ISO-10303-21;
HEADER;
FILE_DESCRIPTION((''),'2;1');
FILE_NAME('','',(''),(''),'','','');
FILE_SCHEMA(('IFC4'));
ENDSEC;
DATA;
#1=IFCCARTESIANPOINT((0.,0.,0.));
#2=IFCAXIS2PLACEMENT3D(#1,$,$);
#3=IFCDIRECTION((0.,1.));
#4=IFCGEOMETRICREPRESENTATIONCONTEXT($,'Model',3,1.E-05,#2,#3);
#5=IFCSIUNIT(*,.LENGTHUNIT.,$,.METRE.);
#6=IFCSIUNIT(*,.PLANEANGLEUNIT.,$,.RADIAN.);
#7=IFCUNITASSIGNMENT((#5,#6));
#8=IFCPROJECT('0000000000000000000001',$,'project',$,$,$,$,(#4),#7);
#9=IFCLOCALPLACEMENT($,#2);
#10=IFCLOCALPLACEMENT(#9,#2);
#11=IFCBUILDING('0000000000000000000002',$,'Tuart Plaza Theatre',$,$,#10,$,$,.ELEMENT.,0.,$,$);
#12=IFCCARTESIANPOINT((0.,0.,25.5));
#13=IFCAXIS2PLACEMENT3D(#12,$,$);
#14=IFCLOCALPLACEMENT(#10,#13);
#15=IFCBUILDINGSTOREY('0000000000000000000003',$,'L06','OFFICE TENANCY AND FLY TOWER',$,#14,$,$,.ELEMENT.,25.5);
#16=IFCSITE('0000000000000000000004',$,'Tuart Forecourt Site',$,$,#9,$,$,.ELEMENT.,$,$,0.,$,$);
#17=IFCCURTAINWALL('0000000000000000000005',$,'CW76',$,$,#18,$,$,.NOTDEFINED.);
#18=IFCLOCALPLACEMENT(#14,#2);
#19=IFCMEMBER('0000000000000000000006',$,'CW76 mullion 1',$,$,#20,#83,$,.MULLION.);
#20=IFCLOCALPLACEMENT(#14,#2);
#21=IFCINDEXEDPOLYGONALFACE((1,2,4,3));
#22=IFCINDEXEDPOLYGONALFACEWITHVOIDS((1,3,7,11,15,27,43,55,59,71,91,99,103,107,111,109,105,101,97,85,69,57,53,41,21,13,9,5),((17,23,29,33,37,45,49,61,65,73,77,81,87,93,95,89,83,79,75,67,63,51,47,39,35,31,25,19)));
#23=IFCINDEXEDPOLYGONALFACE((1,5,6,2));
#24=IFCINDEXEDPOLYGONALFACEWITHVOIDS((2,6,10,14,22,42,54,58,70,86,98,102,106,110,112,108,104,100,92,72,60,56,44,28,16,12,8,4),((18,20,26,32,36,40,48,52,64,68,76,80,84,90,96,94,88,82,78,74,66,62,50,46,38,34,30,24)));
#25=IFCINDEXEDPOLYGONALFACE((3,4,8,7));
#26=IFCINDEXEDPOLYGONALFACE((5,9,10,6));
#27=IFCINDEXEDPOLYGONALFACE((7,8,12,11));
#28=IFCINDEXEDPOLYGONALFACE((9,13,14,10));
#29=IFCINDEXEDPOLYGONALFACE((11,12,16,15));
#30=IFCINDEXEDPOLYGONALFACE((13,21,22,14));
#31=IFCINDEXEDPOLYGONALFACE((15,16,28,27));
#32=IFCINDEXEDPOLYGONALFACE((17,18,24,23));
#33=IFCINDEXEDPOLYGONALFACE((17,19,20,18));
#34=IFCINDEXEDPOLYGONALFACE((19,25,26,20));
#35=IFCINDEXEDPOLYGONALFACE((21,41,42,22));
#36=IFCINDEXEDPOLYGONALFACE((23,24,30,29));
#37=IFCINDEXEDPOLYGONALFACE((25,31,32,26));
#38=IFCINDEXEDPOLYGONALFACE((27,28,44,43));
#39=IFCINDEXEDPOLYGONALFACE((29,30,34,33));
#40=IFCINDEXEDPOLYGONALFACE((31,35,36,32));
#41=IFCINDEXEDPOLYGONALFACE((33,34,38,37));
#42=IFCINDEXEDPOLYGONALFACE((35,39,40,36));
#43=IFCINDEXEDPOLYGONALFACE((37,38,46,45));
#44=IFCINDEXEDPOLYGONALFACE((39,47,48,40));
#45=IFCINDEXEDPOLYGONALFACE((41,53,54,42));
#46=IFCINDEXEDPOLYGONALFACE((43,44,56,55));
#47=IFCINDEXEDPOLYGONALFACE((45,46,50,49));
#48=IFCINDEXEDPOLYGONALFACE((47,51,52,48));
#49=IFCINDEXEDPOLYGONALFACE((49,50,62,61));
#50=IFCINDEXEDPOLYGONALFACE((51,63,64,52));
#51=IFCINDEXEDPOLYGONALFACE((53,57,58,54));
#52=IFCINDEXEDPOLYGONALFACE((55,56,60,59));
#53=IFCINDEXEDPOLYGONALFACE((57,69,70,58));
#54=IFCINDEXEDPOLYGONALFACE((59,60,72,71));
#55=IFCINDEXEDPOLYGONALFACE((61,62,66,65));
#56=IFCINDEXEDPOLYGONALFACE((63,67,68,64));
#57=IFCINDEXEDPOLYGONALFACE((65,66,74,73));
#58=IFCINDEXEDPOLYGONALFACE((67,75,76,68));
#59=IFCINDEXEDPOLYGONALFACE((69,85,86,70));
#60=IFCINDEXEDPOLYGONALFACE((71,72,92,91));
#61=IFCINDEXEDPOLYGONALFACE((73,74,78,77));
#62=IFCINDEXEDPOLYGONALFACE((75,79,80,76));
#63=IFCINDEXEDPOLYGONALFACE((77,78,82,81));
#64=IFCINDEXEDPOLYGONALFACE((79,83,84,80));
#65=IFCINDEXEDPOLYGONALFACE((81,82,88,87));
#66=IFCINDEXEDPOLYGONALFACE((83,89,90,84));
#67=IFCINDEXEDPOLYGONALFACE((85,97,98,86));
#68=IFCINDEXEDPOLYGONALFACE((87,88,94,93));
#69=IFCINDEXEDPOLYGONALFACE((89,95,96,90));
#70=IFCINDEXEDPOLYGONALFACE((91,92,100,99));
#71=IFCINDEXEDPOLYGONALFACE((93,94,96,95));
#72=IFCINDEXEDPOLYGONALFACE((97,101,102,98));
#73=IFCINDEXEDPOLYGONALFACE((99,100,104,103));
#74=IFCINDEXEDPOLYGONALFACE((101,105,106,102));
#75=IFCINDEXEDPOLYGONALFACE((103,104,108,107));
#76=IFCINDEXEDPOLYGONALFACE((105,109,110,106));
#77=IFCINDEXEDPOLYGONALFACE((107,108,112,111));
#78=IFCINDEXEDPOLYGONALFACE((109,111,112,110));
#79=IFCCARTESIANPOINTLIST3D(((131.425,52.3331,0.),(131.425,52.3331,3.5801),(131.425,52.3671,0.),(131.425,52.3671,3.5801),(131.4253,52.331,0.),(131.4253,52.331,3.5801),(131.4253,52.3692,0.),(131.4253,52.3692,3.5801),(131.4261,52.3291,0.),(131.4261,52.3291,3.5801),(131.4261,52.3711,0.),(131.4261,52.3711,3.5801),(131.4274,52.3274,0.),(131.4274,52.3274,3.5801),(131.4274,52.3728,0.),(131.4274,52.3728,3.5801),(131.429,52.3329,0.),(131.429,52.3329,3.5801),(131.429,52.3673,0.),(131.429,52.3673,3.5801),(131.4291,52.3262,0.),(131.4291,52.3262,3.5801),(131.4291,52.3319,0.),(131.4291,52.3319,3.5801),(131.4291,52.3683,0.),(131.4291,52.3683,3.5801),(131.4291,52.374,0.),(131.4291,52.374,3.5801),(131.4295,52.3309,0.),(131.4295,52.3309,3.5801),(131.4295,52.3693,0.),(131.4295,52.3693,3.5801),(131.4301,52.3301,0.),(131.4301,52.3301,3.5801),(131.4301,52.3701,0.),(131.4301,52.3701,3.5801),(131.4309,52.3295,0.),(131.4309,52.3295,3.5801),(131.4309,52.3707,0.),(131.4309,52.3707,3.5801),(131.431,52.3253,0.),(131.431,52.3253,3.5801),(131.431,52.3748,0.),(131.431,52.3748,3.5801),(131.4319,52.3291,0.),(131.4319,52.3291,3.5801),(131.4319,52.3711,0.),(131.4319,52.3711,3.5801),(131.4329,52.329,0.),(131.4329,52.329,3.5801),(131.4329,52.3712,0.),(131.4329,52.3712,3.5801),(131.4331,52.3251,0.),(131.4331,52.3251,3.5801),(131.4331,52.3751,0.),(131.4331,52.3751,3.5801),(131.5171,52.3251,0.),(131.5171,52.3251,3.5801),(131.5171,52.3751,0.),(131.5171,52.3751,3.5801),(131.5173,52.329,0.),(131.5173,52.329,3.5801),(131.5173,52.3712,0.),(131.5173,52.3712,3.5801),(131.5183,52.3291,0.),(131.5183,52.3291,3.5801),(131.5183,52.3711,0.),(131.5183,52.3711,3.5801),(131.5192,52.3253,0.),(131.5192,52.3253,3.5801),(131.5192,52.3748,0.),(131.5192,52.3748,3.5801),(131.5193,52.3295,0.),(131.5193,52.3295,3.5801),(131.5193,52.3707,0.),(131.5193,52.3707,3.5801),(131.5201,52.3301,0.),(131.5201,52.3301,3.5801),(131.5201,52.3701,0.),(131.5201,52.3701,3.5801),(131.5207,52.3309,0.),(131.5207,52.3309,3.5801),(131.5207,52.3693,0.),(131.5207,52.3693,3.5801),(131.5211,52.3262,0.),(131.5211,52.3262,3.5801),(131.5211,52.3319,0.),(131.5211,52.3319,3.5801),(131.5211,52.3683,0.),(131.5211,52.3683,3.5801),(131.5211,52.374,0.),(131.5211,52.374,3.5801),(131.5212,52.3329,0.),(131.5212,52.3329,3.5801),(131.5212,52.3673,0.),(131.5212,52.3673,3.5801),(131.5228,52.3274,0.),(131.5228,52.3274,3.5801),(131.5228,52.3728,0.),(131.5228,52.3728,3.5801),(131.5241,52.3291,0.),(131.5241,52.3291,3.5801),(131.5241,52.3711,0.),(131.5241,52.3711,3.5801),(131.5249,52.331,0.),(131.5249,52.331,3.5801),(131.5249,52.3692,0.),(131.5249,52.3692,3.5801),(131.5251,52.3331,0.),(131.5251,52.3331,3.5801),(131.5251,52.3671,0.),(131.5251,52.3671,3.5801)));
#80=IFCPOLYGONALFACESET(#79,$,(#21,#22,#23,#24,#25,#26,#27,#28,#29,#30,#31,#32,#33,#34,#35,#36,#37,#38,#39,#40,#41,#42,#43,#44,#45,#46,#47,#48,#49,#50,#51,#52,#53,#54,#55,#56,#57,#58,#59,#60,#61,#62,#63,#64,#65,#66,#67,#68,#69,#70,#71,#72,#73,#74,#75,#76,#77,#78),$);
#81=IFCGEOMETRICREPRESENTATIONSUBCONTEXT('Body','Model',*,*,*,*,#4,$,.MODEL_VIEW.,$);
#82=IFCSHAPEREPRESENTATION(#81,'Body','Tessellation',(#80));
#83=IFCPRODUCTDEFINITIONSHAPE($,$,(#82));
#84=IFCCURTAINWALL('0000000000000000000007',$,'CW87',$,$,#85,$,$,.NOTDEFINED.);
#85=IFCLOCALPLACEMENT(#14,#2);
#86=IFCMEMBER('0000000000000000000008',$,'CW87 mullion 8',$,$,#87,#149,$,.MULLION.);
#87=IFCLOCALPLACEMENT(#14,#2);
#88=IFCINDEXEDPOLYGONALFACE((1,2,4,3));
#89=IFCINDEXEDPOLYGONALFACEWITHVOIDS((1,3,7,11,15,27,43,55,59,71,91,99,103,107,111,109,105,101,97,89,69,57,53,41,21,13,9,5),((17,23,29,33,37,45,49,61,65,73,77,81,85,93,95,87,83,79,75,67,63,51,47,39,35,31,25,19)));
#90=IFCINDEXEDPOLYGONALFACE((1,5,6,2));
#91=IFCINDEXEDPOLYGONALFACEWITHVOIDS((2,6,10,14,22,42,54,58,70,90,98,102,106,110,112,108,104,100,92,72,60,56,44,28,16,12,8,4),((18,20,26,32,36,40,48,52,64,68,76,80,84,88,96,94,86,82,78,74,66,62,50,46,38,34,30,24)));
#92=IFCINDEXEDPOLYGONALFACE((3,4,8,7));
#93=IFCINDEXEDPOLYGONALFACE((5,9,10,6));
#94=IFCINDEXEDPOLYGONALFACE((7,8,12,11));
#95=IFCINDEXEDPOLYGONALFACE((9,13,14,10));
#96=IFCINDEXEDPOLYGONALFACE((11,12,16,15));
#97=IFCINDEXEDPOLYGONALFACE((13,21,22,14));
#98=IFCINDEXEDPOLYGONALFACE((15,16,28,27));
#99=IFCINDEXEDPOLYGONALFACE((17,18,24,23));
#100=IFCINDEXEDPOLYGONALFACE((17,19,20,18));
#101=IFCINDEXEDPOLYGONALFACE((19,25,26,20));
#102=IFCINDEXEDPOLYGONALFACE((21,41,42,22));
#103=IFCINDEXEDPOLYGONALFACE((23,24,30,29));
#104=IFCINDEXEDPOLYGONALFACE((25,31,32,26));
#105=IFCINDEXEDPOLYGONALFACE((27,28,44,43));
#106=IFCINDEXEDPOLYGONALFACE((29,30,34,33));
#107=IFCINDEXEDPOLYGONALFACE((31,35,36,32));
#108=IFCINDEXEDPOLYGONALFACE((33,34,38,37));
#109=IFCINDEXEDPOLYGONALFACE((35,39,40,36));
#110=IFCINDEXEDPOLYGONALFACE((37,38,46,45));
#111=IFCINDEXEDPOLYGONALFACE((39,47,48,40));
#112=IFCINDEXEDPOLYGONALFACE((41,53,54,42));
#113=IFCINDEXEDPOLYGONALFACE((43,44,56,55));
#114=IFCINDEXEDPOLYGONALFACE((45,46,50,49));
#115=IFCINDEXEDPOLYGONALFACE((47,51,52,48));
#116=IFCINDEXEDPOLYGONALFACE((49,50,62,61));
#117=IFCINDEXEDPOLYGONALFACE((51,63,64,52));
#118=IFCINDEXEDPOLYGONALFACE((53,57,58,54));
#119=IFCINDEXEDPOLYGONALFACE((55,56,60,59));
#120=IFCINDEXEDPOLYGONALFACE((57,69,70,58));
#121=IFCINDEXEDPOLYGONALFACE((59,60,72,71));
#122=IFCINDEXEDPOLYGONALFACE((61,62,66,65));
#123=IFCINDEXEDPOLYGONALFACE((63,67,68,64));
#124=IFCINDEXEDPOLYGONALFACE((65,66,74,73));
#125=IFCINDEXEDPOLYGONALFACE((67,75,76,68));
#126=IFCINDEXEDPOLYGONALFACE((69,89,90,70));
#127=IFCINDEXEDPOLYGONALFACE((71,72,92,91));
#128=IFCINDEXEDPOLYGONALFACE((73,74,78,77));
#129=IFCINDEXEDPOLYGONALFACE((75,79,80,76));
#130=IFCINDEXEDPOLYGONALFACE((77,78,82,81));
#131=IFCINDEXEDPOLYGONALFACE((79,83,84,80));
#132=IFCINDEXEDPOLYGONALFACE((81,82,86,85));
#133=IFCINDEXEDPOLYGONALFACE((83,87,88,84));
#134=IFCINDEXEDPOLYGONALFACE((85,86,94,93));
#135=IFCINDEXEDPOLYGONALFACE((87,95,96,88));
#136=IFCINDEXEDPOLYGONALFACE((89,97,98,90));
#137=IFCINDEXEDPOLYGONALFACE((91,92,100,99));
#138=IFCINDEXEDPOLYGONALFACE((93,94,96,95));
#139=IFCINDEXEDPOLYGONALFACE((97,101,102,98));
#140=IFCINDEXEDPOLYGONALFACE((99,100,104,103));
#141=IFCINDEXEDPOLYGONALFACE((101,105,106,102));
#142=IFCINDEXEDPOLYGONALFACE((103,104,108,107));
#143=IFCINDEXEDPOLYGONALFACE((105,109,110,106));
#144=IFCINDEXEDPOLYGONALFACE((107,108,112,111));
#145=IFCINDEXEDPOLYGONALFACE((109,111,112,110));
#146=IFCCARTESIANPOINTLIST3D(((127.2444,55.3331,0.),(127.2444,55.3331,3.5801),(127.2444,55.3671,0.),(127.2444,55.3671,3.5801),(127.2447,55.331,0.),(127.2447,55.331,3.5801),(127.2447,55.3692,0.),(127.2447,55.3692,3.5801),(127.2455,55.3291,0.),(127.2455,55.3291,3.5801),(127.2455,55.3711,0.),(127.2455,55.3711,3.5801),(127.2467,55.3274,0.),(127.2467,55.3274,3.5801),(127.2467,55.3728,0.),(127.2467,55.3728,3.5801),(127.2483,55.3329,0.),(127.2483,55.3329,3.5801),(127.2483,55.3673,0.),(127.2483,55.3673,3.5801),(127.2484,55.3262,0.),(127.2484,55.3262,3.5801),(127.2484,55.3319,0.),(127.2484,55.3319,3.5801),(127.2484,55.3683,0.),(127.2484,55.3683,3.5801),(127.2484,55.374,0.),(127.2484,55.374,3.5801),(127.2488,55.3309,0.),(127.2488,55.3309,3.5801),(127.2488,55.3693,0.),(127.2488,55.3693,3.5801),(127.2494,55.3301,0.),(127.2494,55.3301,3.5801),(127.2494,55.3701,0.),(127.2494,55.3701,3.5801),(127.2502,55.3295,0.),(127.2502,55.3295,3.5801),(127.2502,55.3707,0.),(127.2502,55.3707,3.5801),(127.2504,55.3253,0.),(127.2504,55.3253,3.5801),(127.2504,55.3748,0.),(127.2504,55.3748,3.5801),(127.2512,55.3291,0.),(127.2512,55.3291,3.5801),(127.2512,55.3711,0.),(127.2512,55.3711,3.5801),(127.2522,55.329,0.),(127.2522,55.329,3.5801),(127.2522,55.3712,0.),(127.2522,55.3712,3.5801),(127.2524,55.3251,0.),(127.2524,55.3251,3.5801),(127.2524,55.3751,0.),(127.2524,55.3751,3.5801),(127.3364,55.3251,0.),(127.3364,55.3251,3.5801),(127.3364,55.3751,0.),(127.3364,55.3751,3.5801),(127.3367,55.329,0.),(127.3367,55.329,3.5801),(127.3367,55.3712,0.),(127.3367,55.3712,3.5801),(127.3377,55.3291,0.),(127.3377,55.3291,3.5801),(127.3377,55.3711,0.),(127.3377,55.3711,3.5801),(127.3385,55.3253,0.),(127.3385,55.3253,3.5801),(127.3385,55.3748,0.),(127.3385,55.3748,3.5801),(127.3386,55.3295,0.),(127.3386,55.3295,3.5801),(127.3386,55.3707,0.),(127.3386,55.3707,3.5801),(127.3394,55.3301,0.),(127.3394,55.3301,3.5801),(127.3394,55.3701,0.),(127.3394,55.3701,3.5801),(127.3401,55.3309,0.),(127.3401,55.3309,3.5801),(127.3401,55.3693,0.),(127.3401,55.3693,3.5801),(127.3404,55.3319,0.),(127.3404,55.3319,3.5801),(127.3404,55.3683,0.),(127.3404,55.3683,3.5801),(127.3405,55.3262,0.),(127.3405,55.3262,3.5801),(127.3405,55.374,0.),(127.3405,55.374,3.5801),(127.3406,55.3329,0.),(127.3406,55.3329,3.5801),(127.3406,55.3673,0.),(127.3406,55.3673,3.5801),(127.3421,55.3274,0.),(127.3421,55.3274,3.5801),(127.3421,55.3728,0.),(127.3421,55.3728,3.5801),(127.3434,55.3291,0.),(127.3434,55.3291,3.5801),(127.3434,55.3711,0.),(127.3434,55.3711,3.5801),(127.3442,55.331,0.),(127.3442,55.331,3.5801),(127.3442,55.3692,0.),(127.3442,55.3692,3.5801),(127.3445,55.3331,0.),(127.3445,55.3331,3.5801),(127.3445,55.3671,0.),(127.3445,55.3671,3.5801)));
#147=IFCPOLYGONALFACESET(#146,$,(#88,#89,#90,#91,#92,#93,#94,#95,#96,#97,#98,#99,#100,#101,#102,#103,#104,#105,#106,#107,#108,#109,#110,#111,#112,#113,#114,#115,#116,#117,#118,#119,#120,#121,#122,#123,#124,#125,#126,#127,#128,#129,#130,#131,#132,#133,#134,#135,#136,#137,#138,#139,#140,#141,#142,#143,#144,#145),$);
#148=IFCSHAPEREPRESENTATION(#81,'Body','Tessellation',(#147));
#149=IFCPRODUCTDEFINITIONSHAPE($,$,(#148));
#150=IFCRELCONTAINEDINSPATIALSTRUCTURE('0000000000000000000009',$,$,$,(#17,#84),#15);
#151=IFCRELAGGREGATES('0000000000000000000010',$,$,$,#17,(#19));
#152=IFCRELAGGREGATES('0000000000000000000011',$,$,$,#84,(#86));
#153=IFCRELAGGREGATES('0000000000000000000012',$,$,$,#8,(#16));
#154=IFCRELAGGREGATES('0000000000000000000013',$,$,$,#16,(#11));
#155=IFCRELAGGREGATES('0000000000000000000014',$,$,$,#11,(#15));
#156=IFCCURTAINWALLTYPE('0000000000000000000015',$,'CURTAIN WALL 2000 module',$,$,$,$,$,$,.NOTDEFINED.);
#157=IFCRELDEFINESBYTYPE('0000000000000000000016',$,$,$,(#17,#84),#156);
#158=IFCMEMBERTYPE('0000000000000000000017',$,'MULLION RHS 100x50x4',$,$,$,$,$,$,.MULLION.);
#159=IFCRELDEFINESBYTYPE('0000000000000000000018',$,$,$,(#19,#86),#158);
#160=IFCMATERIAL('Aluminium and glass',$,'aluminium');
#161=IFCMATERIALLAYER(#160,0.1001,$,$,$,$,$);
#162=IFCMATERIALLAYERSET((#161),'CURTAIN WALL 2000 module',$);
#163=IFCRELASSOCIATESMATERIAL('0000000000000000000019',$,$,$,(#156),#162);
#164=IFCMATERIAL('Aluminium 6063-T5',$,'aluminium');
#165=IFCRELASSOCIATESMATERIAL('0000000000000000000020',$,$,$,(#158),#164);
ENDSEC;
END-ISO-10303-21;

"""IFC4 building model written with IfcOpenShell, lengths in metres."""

from ifc_helpers import new_model, si_unit, direction, frame, origin, origin_2d, place, context, subcontext, project, spatial, hollow_rectangle, extrude, material, layer, layer_set, material_profile, profile_set, type_object, element, aggregate, save


model = new_model("IFC4")

# Units and contexts
model_context = context("Model", 3, precision=1e-05, world=origin(), true_north=direction((0.0, 1.0)))
body_context = subcontext(model_context, "Body", "Model", "MODEL_VIEW")
ifc_project = project(units=[si_unit("LENGTHUNIT", "METRE"), si_unit("PLANEANGLEUNIT", "RADIAN")], contexts=[model_context])

# Site, building, storey
site_placement = place(None, origin())
site = spatial("IfcSite", under=ifc_project, at=site_placement, Name="Tuart Forecourt Site", CompositionType="ELEMENT", RefElevation=0.0)
building_placement = place(site_placement, origin())
building = spatial("IfcBuilding", under=site, at=building_placement, Name="Tuart Plaza Theatre", CompositionType="ELEMENT", ElevationOfRefHeight=0.0)
storey_placement = place(building_placement, frame((0.0, 0.0, 25.5)))
storey = spatial("IfcBuildingStorey", under=building, at=storey_placement, Name="L06", Description="OFFICE TENANCY AND FLY TOWER", CompositionType="ELEMENT", Elevation=25.5)

# Shared definitions
ifc_material_1 = material(Name="Aluminium and glass", Category="aluminium")
ifc_layer_1 = layer(ifc_material_1, 0.1001)
ifc_layer_set_1 = layer_set([ifc_layer_1], Name="CURTAIN WALL 2000 module")
curtain_wall_type = type_object("IfcCurtainWallType", Name="CURTAIN WALL 2000 module", PredefinedType="NOTDEFINED", material=ifc_layer_set_1)
ifc_material_2 = material(Name="Aluminium 6063-T5", Category="aluminium")
ifc_material_profile_1 = material_profile(ifc_material_2, hollow_rectangle(XDim=0.05, YDim=0.1001, WallThickness=0.0039, InnerFilletRadius=0.0039, OuterFilletRadius=0.0081, at=origin_2d()), Name="RHS 100x50x4")
ifc_profile_set_1 = profile_set([ifc_material_profile_1], Name="Aluminium 6063-T5")
member_type_1 = type_object("IfcMemberType", Name="MULLION RHS 100x50x4", PredefinedType="MULLION", material=ifc_profile_set_1)

# Curtain wall, member
curtain_wall_1_placement = place(storey_placement, origin())
curtain_wall_1 = element("IfcCurtainWall", 1, at=curtain_wall_1_placement, inside=storey, type_object=curtain_wall_type, Name="CW76", PredefinedType="NOTDEFINED")
member_1_placement = place(storey_placement, frame((131.4751, 52.3501, 0.0), z_axis=(0.0, 0.0, 1.0), x_axis=(0.0, 1.0, 0.0)))
member_1 = element("IfcMember", 2, at=member_1_placement, type_object=member_type_1, Name="CW76 mullion 1", PredefinedType="MULLION", context=body_context, shape_type="SweptSolid", body=[
    extrude(hollow_rectangle(XDim=0.05, YDim=0.1001, WallThickness=0.0039, InnerFilletRadius=0.0039, OuterFilletRadius=0.0081, at=origin_2d()), origin(), (0.0, 0.0, 1.0), 3.5801),
])

# Curtain wall, member
curtain_wall_2_placement = place(storey_placement, origin())
curtain_wall_2 = element("IfcCurtainWall", 3, at=curtain_wall_2_placement, inside=storey, type_object=curtain_wall_type, Name="CW87", PredefinedType="NOTDEFINED")
member_2_placement = place(storey_placement, frame((127.2944, 55.3501, 0.0), z_axis=(0.0, 0.0, 1.0), x_axis=(0.0, 1.0, 0.0)))
member_2 = element("IfcMember", 4, at=member_2_placement, type_object=member_type_1, Name="CW87 mullion 8", PredefinedType="MULLION", context=body_context, shape_type="SweptSolid", body=[
    extrude(hollow_rectangle(XDim=0.05, YDim=0.1001, WallThickness=0.0039, InnerFilletRadius=0.0039, OuterFilletRadius=0.0081, at=origin_2d()), origin(), (0.0, 0.0, 1.0), 3.5801),
])

aggregate(curtain_wall_1, [member_1])

aggregate(curtain_wall_2, [member_2])

save(model, "model.ifc")
